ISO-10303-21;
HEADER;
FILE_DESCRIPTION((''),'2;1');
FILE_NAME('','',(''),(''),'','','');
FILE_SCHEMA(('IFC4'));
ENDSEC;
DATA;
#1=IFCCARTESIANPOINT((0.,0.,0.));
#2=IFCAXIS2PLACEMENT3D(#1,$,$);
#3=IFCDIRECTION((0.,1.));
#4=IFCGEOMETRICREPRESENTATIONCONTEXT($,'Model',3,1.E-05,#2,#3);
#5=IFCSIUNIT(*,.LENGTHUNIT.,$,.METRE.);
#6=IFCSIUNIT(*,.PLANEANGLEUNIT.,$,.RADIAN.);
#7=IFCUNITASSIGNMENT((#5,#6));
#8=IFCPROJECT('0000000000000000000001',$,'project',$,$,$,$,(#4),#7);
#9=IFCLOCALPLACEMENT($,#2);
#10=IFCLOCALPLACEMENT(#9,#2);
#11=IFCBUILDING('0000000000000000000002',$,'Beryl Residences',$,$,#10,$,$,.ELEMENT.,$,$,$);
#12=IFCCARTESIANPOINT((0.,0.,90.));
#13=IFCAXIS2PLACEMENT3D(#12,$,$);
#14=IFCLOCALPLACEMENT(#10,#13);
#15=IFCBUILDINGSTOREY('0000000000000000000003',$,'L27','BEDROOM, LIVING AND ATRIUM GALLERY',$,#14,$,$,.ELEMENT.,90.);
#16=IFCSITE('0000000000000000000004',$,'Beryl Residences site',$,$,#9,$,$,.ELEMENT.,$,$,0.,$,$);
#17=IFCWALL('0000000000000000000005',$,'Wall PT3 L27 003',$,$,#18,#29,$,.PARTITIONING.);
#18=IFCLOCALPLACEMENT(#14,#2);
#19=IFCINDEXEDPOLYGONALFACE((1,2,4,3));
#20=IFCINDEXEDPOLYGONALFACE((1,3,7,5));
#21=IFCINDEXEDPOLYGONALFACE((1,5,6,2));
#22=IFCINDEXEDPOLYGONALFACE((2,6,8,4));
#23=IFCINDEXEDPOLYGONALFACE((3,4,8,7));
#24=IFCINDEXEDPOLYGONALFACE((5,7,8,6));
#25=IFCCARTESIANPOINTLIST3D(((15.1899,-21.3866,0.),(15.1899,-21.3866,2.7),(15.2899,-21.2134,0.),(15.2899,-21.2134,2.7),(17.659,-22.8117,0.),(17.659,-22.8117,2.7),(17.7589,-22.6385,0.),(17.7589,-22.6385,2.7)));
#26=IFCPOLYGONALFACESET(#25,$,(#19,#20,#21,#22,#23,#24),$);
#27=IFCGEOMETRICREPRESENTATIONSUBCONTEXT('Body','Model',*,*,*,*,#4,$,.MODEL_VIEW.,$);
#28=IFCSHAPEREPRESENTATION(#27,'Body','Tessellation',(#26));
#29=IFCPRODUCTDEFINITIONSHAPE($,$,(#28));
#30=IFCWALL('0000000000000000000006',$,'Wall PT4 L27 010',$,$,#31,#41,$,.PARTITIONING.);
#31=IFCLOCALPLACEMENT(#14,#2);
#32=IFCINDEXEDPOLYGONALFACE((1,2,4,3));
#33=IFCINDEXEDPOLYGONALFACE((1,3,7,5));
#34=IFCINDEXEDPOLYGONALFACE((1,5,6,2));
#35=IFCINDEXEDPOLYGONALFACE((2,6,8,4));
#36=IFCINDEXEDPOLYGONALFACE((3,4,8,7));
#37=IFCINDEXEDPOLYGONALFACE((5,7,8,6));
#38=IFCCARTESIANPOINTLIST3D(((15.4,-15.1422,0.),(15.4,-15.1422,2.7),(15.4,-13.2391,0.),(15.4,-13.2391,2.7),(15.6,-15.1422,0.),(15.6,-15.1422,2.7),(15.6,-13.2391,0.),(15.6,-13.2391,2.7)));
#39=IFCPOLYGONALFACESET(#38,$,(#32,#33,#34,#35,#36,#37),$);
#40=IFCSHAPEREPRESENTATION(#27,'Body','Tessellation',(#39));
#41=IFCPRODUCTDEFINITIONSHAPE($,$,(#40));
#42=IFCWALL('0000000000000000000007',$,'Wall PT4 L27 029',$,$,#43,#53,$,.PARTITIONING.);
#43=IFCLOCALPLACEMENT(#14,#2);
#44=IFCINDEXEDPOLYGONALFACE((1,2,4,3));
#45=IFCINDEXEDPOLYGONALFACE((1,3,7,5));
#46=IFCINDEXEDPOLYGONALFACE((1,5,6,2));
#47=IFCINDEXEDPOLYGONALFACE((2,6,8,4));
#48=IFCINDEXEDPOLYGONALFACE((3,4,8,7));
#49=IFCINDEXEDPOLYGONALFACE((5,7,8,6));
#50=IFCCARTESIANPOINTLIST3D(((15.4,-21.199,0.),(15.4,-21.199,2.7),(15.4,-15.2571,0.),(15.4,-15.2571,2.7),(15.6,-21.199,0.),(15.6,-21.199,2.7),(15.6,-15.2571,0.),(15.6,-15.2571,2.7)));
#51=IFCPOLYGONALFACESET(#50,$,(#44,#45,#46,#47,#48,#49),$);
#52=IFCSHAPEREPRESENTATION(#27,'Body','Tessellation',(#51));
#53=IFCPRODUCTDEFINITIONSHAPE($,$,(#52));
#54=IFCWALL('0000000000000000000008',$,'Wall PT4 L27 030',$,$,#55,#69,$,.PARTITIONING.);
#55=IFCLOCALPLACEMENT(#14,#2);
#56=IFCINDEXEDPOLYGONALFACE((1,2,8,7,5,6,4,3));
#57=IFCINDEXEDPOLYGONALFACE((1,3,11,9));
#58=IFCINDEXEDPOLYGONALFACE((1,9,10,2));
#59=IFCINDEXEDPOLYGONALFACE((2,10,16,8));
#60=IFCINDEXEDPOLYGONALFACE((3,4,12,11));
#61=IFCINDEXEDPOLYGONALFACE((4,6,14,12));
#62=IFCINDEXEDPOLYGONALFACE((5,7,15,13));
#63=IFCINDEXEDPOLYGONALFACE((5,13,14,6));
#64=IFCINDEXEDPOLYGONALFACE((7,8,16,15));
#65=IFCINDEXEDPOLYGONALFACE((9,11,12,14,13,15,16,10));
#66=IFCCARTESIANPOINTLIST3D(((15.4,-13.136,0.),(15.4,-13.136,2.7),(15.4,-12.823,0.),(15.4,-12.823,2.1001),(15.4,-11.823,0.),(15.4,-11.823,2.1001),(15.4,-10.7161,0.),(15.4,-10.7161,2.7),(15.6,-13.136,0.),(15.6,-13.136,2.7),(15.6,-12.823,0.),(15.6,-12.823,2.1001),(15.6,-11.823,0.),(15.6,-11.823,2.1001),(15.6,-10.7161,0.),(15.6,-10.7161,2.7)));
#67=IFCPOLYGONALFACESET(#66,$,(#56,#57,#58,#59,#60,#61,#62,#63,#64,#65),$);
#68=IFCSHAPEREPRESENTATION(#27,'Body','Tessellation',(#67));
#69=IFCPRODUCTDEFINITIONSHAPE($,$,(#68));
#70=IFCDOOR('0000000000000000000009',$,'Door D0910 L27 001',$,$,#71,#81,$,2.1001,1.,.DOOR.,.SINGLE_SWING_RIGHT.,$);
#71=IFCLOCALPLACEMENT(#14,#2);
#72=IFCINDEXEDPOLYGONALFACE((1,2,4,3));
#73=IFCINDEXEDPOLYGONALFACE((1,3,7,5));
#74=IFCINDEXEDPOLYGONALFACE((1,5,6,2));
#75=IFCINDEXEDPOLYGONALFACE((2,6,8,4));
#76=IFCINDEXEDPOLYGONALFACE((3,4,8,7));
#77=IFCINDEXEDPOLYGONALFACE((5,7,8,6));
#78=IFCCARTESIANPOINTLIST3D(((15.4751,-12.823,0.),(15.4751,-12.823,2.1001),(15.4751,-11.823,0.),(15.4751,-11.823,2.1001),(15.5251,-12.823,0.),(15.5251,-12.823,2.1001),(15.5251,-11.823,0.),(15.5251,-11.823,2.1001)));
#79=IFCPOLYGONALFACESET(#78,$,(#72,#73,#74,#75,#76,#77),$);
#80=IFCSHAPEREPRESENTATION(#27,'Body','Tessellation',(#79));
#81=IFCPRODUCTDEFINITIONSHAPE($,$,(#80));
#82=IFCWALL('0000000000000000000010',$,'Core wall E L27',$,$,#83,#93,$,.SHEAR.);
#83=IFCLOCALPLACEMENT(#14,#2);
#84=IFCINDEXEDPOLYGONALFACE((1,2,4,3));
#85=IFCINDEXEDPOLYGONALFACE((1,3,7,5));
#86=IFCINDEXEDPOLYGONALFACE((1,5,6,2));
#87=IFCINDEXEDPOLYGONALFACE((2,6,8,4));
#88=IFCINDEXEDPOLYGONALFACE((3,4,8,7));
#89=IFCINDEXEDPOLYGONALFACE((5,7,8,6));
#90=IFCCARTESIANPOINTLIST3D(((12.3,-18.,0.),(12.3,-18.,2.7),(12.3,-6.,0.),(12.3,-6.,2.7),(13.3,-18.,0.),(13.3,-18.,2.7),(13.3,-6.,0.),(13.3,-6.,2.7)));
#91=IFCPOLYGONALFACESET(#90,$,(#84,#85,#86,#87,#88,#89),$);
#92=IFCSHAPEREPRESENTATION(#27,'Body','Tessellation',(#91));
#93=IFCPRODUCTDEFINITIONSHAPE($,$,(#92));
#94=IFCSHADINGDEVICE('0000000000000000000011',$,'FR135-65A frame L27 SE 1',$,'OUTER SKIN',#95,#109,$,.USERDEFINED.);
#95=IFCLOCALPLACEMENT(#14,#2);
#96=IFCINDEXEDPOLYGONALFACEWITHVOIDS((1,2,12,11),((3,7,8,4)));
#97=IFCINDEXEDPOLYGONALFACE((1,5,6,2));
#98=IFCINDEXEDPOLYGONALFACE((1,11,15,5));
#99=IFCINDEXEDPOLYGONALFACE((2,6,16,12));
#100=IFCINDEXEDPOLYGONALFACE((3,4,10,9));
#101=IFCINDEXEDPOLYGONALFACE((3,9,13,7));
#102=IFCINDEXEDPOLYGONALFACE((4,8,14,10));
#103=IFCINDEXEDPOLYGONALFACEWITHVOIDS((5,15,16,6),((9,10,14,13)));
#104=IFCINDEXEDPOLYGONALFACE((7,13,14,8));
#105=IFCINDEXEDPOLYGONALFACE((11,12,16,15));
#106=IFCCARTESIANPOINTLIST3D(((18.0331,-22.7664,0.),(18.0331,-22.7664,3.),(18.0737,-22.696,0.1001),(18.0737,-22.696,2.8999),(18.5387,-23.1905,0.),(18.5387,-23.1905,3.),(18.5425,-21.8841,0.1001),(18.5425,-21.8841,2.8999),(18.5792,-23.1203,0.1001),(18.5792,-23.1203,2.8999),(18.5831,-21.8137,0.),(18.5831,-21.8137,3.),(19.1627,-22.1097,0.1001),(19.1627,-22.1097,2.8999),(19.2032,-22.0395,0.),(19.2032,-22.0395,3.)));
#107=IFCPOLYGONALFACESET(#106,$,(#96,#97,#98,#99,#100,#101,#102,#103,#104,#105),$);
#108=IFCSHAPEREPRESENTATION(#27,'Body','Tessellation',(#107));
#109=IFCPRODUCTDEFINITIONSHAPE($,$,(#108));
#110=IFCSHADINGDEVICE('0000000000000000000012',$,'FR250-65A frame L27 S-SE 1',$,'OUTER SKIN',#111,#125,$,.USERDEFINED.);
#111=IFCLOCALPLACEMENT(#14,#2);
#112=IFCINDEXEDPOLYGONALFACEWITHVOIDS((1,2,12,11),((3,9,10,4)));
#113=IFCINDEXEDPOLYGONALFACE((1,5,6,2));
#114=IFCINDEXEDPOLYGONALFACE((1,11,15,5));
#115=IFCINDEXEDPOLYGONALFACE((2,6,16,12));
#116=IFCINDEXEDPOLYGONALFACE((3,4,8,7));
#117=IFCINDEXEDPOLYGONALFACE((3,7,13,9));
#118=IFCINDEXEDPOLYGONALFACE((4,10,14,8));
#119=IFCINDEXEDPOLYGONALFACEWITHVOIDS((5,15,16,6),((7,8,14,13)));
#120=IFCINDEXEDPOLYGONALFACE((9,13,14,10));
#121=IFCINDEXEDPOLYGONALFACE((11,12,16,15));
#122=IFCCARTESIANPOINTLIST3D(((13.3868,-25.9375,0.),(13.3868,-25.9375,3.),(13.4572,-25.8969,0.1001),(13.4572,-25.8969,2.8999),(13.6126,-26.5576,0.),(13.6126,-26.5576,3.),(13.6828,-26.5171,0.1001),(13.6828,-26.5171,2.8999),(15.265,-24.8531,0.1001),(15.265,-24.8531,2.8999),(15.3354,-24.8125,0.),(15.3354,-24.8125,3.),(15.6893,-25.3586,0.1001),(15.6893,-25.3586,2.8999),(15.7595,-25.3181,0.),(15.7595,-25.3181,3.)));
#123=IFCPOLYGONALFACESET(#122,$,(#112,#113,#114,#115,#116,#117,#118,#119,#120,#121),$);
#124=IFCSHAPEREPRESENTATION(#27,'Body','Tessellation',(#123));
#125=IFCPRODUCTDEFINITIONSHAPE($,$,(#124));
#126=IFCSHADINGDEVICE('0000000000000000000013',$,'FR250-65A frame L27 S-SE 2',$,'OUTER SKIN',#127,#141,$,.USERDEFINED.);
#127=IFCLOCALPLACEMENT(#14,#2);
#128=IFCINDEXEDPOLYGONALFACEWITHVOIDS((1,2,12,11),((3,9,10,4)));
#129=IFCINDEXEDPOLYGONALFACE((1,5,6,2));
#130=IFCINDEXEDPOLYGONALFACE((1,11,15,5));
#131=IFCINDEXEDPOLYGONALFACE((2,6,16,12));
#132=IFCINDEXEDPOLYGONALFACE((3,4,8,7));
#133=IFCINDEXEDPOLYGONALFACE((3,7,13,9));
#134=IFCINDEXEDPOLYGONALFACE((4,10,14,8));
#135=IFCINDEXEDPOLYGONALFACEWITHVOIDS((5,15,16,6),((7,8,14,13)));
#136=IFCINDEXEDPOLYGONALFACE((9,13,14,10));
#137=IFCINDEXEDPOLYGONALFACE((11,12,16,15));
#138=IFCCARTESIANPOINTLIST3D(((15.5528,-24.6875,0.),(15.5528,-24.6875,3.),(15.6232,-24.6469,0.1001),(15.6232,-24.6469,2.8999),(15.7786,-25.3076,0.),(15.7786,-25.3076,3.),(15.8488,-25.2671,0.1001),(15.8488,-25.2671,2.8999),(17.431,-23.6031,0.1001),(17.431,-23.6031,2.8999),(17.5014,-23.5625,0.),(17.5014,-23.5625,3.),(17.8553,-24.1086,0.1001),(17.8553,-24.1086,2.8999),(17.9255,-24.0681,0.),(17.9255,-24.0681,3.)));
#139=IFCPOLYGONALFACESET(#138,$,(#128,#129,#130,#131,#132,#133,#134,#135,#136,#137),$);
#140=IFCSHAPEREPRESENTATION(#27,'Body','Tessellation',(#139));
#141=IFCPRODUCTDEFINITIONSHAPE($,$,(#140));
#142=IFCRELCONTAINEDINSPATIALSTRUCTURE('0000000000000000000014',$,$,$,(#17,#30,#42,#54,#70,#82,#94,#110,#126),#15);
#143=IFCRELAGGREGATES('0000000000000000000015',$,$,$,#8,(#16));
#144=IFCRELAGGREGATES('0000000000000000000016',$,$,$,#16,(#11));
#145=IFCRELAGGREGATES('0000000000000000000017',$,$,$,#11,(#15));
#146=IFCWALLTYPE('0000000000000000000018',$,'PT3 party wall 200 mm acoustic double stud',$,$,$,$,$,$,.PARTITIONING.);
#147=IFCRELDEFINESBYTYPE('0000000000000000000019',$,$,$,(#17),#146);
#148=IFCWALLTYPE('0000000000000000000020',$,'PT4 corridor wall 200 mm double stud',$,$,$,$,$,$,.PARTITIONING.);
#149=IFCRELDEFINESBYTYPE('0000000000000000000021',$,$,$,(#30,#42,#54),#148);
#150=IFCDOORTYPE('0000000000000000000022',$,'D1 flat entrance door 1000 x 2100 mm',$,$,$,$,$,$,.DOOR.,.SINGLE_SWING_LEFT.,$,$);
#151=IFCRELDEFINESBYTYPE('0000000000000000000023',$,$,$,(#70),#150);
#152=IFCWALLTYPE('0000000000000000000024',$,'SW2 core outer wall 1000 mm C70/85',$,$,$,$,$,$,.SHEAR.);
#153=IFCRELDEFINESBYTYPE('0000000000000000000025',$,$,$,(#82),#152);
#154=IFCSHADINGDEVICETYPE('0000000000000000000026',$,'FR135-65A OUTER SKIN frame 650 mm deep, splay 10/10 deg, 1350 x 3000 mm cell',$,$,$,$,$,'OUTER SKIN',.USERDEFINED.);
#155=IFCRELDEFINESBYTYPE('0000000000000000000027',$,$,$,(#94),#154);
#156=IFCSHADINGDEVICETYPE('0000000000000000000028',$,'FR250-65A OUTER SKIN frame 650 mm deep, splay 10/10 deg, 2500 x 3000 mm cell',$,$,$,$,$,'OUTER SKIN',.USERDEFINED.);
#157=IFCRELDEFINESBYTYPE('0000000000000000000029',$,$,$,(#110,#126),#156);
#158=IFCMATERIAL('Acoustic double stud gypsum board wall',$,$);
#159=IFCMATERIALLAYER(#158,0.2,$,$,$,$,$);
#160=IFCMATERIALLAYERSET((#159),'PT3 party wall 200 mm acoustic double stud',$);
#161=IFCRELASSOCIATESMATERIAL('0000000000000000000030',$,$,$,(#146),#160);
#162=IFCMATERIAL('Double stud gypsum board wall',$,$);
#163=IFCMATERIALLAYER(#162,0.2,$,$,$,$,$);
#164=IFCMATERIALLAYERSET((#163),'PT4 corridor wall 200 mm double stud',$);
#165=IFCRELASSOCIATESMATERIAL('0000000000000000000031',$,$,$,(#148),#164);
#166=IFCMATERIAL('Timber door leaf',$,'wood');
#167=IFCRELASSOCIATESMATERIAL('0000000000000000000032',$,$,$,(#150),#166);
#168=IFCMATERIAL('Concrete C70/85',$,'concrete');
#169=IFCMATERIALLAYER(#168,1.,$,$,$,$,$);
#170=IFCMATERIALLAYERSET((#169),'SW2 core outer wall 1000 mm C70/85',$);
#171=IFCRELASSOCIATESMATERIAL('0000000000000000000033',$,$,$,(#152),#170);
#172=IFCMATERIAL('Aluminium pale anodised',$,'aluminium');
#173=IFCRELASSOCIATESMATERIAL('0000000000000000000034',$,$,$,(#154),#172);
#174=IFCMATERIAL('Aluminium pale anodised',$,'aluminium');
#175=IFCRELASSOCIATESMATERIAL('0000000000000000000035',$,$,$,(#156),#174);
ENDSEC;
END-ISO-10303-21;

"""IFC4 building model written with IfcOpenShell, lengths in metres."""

from ifc_helpers import new_model, entity, si_unit, direction, frame, frame_2d, origin, place, context, subcontext, project, spatial, rectangle, extrude, source, transform, mapped, material, layer, layer_set, type_object, type_shapes, element, fill, save


model = new_model("IFC4")

# Units and contexts
model_context = context("Model", 3, precision=1e-05, world=origin(), true_north=direction((0.0, 1.0)))
body_context = subcontext(model_context, "Body", "Model", "MODEL_VIEW")
ifc_project = project(units=[si_unit("LENGTHUNIT", "METRE"), si_unit("PLANEANGLEUNIT", "RADIAN")], contexts=[model_context])

# Site, building, storey
site_placement = place(None, origin())
site = spatial("IfcSite", under=ifc_project, at=site_placement, Name="Beryl Residences site", CompositionType="ELEMENT", RefElevation=0.0)
building_placement = place(site_placement, origin())
building = spatial("IfcBuilding", under=site, at=building_placement, Name="Beryl Residences", CompositionType="ELEMENT")
storey_placement = place(building_placement, frame((0.0, 0.0, 90.0)))
storey = spatial("IfcBuildingStorey", under=building, at=storey_placement, Name="L27", Description="BEDROOM, LIVING AND ATRIUM GALLERY", CompositionType="ELEMENT", Elevation=90.0)

# Walls
ifc_material_1 = material(Name="Acoustic double stud gypsum board wall")
ifc_layer_1 = layer(ifc_material_1, 0.2)
ifc_layer_set_1 = layer_set([ifc_layer_1], Name="PT3 party wall 200 mm acoustic double stud")
wall_type_1 = type_object("IfcWallType", Name="PT3 party wall 200 mm acoustic double stud", PredefinedType="PARTITIONING", material=ifc_layer_set_1)
wall_1_placement = place(storey_placement, frame((15.24, -21.3, 0.0), z_axis=(0.0, 0.0, 1.0), x_axis=(0.86609, -0.499888, 0.0)))
element("IfcWall", 1, at=wall_1_placement, inside=storey, type_object=wall_type_1, Name="Wall PT3 L27 003", PredefinedType="PARTITIONING", context=body_context, shape_type="SweptSolid", body=[
    extrude(rectangle(XDim=2.8508, YDim=0.2, at=frame_2d((1.4253, 0.0))), origin(), (0.0, 0.0, 1.0), 2.7),
])
ifc_material_2 = material(Name="Double stud gypsum board wall")
ifc_layer_2 = layer(ifc_material_2, 0.2)
ifc_layer_set_2 = layer_set([ifc_layer_2], Name="PT4 corridor wall 200 mm double stud")
wall_type_2 = type_object("IfcWallType", Name="PT4 corridor wall 200 mm double stud", PredefinedType="PARTITIONING", material=ifc_layer_set_2)
wall_2_placement = place(storey_placement, frame((15.5, -13.239, 0.0), z_axis=(0.0, 0.0, 1.0), x_axis=(0.0, -1.0, 0.0)))
element("IfcWall", 2, at=wall_2_placement, inside=storey, type_object=wall_type_2, Name="Wall PT4 L27 010", PredefinedType="PARTITIONING", context=body_context, shape_type="SweptSolid", body=[
    extrude(rectangle(XDim=1.9031, YDim=0.2, at=frame_2d((0.9517, 0.0))), origin(), (0.0, 0.0, 1.0), 2.7),
])
wall_3_placement = place(storey_placement, frame((15.5, -21.199, 0.0), z_axis=(0.0, 0.0, 1.0), x_axis=(0.0, 1.0, 0.0)))
element("IfcWall", 3, at=wall_3_placement, inside=storey, type_object=wall_type_2, Name="Wall PT4 L27 029", PredefinedType="PARTITIONING", context=body_context, shape_type="SweptSolid", body=[
    extrude(rectangle(XDim=5.9419, YDim=0.2, at=frame_2d((2.9709, 0.0))), origin(), (0.0, 0.0, 1.0), 2.7),
])

# Wall, opening, door
wall_4_placement = place(storey_placement, frame((15.5, -13.136, 0.0), z_axis=(0.0, 0.0, 1.0), x_axis=(0.0, 1.0, 0.0)))
wall_4 = element("IfcWall", 4, at=wall_4_placement, inside=storey, type_object=wall_type_2, Name="Wall PT4 L27 030", PredefinedType="PARTITIONING", context=body_context, shape_type="SweptSolid", body=[
    extrude(rectangle(XDim=2.4199, YDim=0.2, at=frame_2d((1.21, 0.0))), origin(), (0.0, 0.0, 1.0), 2.7),
])
opening_1_placement = place(wall_4_placement, frame((0.313, 0.0, 0.0)))
opening_1 = element("IfcOpeningElement", 5, at=opening_1_placement, cuts=wall_4, PredefinedType="OPENING", context=body_context, shape_type="SweptSolid", body=[
    extrude(rectangle(XDim=1.0, YDim=2.1001, at=frame_2d((0.5, 1.05))), frame((0.0, 0.1099, 0.0), z_axis=(0.0, -1.0, 0.0), x_axis=(1.0, 0.0, 0.0)), (0.0, 0.0, 1.0), 0.22),
])
ifc_material_3 = material(Name="Timber door leaf", Category="wood")
door_type_1 = type_object("IfcDoorType", Name="D1 flat entrance door 1000 x 2100 mm", OperationType="SINGLE_SWING_LEFT", PredefinedType="DOOR", material=ifc_material_3)
door_1_placement = place(opening_1_placement, origin())
door_1 = element("IfcDoor", 6, at=door_1_placement, inside=storey, type_object=door_type_1, Name="Door D0910 L27 001", OperationType="SINGLE_SWING_RIGHT", OverallHeight=2.1001, OverallWidth=1.0, PredefinedType="DOOR", context=body_context, shape_type="SweptSolid", body=[
    extrude(rectangle(XDim=1.0, YDim=2.1001, at=frame_2d((0.5, 1.05))), frame((0.0, 0.0249, 0.0), z_axis=(0.0, -1.0, 0.0), x_axis=(1.0, 0.0, 0.0)), (0.0, 0.0, 1.0), 0.05),
])
fill(opening_1, door_1)

# Wall
ifc_material_4 = material(Name="Concrete C70/85", Category="concrete")
ifc_layer_3 = layer(ifc_material_4, 1.0)
ifc_layer_set_3 = layer_set([ifc_layer_3], Name="SW2 core outer wall 1000 mm C70/85")
wall_type_3 = type_object("IfcWallType", Name="SW2 core outer wall 1000 mm C70/85", PredefinedType="SHEAR", material=ifc_layer_set_3)
wall_5_placement = place(storey_placement, frame((12.8, -18.0, 0.0), z_axis=(0.0, 0.0, 1.0), x_axis=(0.0, 1.0, 0.0)))
element("IfcWall", 7, at=wall_5_placement, inside=storey, type_object=wall_type_3, Name="Core wall E L27", PredefinedType="SHEAR", context=body_context, shape_type="SweptSolid", body=[
    extrude(rectangle(XDim=12.0, YDim=1.0, at=frame_2d((6.0, 0.0))), origin(), (0.0, 0.0, 1.0), 2.7),
])

# Shading devices
ifc_material_5 = material(Name="Aluminium pale anodised", Category="aluminium")
shading_device_type_1 = type_object("IfcShadingDeviceType", Name="FR135-65A OUTER SKIN frame 650 mm deep, splay 10/10 deg, 1350 x 3000 mm cell", ElementType="OUTER SKIN", PredefinedType="USERDEFINED", material=ifc_material_5)
cartesian_point_1 = entity("IfcCartesianPoint", [-0.55, 0.0])
cartesian_point_2 = entity("IfcCartesianPoint", [-0.4688, 0.1001])
cartesian_point_3 = entity("IfcCartesianPoint", [-0.6646, 0.0])
cartesian_point_4 = entity("IfcCartesianPoint", [-0.5835, 0.1001])
shared_shape_1 = source(origin(), body_context, "Body", "SweptSolid", [
    entity("IfcExtrudedAreaSolidTapered", entity("IfcArbitraryProfileDefWithVoids", "AREA", None, entity("IfcPolyline", [cartesian_point_1, entity("IfcCartesianPoint", [0.55, 0.0]), entity("IfcCartesianPoint", [0.55, 3.0]), entity("IfcCartesianPoint", [-0.55, 3.0]), cartesian_point_1]), [entity("IfcPolyline", [cartesian_point_2, entity("IfcCartesianPoint", [0.4688, 0.1001]), entity("IfcCartesianPoint", [0.4688, 2.8999]), entity("IfcCartesianPoint", [-0.4688, 2.8999]), cartesian_point_2])]), entity("IfcAxis2Placement3D", entity("IfcCartesianPoint", [0.0, 0.0, 0.0]), entity("IfcDirection", [0.0, 1.0, 0.0]), entity("IfcDirection", [-1.0, 0.0, 0.0])), entity("IfcDirection", [0.0, 0.0, 1.0]), 0.6499, entity("IfcArbitraryProfileDefWithVoids", "AREA", None, entity("IfcPolyline", [cartesian_point_3, entity("IfcCartesianPoint", [0.6646, 0.0]), entity("IfcCartesianPoint", [0.6646, 3.0]), entity("IfcCartesianPoint", [-0.6646, 3.0]), cartesian_point_3]), [entity("IfcPolyline", [cartesian_point_4, entity("IfcCartesianPoint", [0.5835, 0.1001]), entity("IfcCartesianPoint", [0.5835, 2.8999]), entity("IfcCartesianPoint", [-0.5835, 2.8999]), cartesian_point_4])])),
])
type_shapes(shading_device_type_1, [shared_shape_1])
shading_device_placement = place(storey_placement, frame((18.3081, -22.29, 0.0), z_axis=(0.0, 0.0, 1.0), x_axis=(-0.5, -0.866025, 0.0)))
element("IfcShadingDevice", 8, at=shading_device_placement, inside=storey, type_object=shading_device_type_1, Name="FR135-65A frame L27 SE 1", ObjectType="OUTER SKIN", PredefinedType="USERDEFINED", context=body_context, shape_type="MappedRepresentation", body=[
    mapped(shared_shape_1, transform((0.0, 0.0, 0.0))),
])
ifc_material_6 = material(Name="Aluminium pale anodised", Category="aluminium")
shading_device_type_2 = type_object("IfcShadingDeviceType", Name="FR250-65A OUTER SKIN frame 650 mm deep, splay 10/10 deg, 2500 x 3000 mm cell", ElementType="OUTER SKIN", PredefinedType="USERDEFINED", material=ifc_material_6)
cartesian_point_5 = entity("IfcCartesianPoint", [-1.125, 0.0])
cartesian_point_6 = entity("IfcCartesianPoint", [-1.0437, 0.1001])
cartesian_point_7 = entity("IfcCartesianPoint", [-1.2395, 0.0])
cartesian_point_8 = entity("IfcCartesianPoint", [-1.1584, 0.1001])
shared_shape_2 = source(origin(), body_context, "Body", "SweptSolid", [
    entity("IfcExtrudedAreaSolidTapered", entity("IfcArbitraryProfileDefWithVoids", "AREA", None, entity("IfcPolyline", [cartesian_point_5, entity("IfcCartesianPoint", [1.125, 0.0]), entity("IfcCartesianPoint", [1.125, 3.0]), entity("IfcCartesianPoint", [-1.125, 3.0]), cartesian_point_5]), [entity("IfcPolyline", [cartesian_point_6, entity("IfcCartesianPoint", [1.0437, 0.1001]), entity("IfcCartesianPoint", [1.0437, 2.8999]), entity("IfcCartesianPoint", [-1.0437, 2.8999]), cartesian_point_6])]), entity("IfcAxis2Placement3D", entity("IfcCartesianPoint", [0.0, 0.0, 0.0]), entity("IfcDirection", [0.0, 1.0, 0.0]), entity("IfcDirection", [-1.0, 0.0, 0.0])), entity("IfcDirection", [0.0, 0.0, 1.0]), 0.6499, entity("IfcArbitraryProfileDefWithVoids", "AREA", None, entity("IfcPolyline", [cartesian_point_7, entity("IfcCartesianPoint", [1.2395, 0.0]), entity("IfcCartesianPoint", [1.2395, 3.0]), entity("IfcCartesianPoint", [-1.2395, 3.0]), cartesian_point_7]), [entity("IfcPolyline", [cartesian_point_8, entity("IfcCartesianPoint", [1.1584, 0.1001]), entity("IfcCartesianPoint", [1.1584, 2.8999]), entity("IfcCartesianPoint", [-1.1584, 2.8999]), cartesian_point_8])])),
])
type_shapes(shading_device_type_2, [shared_shape_2])
for number, where, z_axis, x_axis, name in (
    (9, (14.3611, -25.375, 0.0), (0.0, 0.0, 1.0), (-0.866025, -0.5, 0.0), "FR250-65A frame L27 S-SE 1"),
    (10, (16.5271, -24.125, 0.0), (0.0, 0.0, 1.0), (-0.866025, -0.5, 0.0), "FR250-65A frame L27 S-SE 2"),
):
    element("IfcShadingDevice", number, at=place(storey_placement, frame(where, z_axis=z_axis, x_axis=x_axis)), inside=storey, type_object=shading_device_type_2, Name=name, ObjectType="OUTER SKIN", PredefinedType="USERDEFINED", context=body_context, shape_type="MappedRepresentation", body=[
        mapped(shared_shape_2, transform((0.0, 0.0, 0.0))),
    ])

save(model, "model.ifc")
